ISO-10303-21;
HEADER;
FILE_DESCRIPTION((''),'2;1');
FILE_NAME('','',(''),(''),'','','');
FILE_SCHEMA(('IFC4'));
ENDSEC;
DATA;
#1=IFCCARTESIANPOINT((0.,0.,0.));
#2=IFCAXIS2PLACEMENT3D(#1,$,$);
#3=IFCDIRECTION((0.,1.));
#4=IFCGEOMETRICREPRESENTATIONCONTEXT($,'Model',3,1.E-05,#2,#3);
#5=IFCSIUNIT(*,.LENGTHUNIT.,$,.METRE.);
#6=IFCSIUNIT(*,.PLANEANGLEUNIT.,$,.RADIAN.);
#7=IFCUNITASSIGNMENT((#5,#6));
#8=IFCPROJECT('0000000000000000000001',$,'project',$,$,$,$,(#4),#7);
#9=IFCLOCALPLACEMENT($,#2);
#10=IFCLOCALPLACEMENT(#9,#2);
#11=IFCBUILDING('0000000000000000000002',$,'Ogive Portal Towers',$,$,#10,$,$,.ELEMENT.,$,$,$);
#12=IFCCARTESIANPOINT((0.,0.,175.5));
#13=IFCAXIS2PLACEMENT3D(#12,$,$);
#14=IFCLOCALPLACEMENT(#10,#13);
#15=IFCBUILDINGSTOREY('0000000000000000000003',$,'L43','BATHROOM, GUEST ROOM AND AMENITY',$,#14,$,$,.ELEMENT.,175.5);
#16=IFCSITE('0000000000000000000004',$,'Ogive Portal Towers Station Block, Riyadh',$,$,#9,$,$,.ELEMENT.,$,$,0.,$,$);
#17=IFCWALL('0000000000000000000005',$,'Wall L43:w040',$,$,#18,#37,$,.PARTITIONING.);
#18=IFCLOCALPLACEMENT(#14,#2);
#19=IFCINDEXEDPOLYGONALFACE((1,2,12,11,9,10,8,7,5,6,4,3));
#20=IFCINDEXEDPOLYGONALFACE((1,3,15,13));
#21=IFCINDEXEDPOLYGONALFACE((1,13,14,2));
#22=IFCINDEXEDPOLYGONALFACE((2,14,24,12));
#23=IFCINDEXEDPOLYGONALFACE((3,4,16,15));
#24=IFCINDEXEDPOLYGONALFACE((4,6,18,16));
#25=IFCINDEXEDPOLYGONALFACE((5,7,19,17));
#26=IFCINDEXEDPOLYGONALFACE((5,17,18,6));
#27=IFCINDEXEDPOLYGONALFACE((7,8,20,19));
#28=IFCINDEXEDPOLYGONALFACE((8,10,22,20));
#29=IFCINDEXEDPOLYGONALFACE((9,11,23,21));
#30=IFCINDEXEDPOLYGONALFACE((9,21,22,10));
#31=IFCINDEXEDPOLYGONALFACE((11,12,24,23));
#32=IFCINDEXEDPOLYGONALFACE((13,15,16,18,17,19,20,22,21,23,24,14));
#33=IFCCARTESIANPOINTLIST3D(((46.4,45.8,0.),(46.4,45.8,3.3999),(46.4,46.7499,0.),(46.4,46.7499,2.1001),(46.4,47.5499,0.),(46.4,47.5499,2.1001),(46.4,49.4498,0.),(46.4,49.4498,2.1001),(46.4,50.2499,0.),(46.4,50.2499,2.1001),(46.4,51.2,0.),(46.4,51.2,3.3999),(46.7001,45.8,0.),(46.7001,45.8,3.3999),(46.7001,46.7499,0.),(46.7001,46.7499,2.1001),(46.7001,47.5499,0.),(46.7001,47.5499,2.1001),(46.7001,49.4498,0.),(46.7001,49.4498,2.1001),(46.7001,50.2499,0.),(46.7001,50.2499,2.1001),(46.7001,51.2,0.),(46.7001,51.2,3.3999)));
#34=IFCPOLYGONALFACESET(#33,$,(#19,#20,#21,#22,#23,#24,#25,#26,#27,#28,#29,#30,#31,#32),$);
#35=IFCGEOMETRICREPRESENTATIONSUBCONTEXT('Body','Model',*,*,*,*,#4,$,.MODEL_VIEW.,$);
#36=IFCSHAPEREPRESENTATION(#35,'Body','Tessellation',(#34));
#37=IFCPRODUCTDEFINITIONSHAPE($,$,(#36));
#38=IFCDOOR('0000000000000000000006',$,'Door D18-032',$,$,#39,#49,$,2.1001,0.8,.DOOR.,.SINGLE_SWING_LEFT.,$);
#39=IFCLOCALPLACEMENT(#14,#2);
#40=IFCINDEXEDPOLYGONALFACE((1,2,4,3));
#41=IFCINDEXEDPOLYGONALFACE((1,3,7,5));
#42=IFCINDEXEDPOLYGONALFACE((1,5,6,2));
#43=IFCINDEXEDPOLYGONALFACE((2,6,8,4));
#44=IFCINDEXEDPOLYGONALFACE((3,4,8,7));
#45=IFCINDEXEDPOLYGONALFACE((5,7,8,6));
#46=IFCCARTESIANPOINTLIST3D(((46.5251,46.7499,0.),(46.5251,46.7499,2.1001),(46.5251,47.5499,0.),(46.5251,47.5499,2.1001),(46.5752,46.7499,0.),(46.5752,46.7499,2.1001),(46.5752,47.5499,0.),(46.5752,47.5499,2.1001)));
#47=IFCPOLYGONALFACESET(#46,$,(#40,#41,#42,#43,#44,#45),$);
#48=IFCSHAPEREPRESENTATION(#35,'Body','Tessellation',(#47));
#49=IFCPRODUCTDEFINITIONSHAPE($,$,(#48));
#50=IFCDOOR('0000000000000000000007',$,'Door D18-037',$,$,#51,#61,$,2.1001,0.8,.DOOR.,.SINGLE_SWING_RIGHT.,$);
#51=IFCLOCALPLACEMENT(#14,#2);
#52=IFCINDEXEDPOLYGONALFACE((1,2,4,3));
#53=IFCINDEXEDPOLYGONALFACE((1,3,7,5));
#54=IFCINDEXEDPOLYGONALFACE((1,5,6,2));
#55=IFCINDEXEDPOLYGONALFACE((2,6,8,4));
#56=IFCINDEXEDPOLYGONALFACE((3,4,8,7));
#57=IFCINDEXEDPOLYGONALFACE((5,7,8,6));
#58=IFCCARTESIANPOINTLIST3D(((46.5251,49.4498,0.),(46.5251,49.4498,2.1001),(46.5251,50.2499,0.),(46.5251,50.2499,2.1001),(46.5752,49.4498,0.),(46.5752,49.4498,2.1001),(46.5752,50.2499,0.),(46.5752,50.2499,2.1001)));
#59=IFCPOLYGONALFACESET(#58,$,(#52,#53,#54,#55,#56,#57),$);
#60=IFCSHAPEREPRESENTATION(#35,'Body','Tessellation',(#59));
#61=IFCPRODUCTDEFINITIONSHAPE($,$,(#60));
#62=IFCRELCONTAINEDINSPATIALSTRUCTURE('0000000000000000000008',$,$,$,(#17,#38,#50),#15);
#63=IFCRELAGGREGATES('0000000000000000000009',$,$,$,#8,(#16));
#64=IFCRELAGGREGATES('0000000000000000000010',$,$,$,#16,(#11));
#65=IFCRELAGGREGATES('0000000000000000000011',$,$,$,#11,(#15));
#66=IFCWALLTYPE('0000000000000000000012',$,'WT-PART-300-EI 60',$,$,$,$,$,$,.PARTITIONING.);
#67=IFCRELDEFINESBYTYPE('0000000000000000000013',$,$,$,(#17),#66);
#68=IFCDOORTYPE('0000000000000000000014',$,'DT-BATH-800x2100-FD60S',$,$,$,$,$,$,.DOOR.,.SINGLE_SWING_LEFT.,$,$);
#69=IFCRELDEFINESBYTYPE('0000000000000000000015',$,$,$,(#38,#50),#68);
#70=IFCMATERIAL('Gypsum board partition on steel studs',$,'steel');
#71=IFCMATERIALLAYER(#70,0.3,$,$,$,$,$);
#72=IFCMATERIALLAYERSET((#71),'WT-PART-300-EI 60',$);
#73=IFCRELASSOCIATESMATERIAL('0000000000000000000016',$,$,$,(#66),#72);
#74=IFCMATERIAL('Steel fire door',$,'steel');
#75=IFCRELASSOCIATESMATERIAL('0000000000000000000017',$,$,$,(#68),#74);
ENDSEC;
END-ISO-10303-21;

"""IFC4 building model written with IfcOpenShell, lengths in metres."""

from ifc_helpers import new_model, si_unit, direction, frame, frame_2d, origin, place, context, subcontext, project, spatial, rectangle, extrude, material, layer, layer_set, type_object, element, fill, save


model = new_model("IFC4")

# Units and contexts
model_context = context("Model", 3, precision=1e-05, world=origin(), true_north=direction((0.0, 1.0)))
body_context = subcontext(model_context, "Body", "Model", "MODEL_VIEW")
ifc_project = project(units=[si_unit("LENGTHUNIT", "METRE"), si_unit("PLANEANGLEUNIT", "RADIAN")], contexts=[model_context])

# Site, building, storey
site_placement = place(None, origin())
site = spatial("IfcSite", under=ifc_project, at=site_placement, Name="Ogive Portal Towers Station Block, Riyadh", CompositionType="ELEMENT", RefElevation=0.0)
building_placement = place(site_placement, origin())
building = spatial("IfcBuilding", under=site, at=building_placement, Name="Ogive Portal Towers", CompositionType="ELEMENT")
storey_placement = place(building_placement, frame((0.0, 0.0, 175.5)))
storey = spatial("IfcBuildingStorey", under=building, at=storey_placement, Name="L43", Description="BATHROOM, GUEST ROOM AND AMENITY", CompositionType="ELEMENT", Elevation=175.5)

# Shared definitions
ifc_material_1 = material(Name="Gypsum board partition on steel studs", Category="steel")
ifc_layer_1 = layer(ifc_material_1, 0.3)
ifc_layer_set_1 = layer_set([ifc_layer_1], Name="WT-PART-300-EI 60")
wall_type = type_object("IfcWallType", Name="WT-PART-300-EI 60", PredefinedType="PARTITIONING", material=ifc_layer_set_1)

# Shared definitions
ifc_material_2 = material(Name="Steel fire door", Category="steel")
door_type = type_object("IfcDoorType", Name="DT-BATH-800x2100-FD60S", OperationType="SINGLE_SWING_LEFT", PredefinedType="DOOR", material=ifc_material_2)

# Wall, openings, doors
wall_1_placement = place(storey_placement, frame((46.55, 45.8, 0.0), z_axis=(0.0, 0.0, 1.0), x_axis=(0.0, 1.0, 0.0)))
wall_1 = element("IfcWall", 1, at=wall_1_placement, inside=storey, type_object=wall_type, Name="Wall L43:w040", PredefinedType="PARTITIONING", context=body_context, shape_type="SweptSolid", body=[
    extrude(rectangle(XDim=5.3999, YDim=0.3, at=frame_2d((2.7, 0.0))), origin(), (0.0, 0.0, 1.0), 3.3999),
])
opening_1_placement = place(wall_1_placement, frame((0.95, 0.0, 0.0)))
opening_1 = element("IfcOpeningElement", 2, at=opening_1_placement, cuts=wall_1, PredefinedType="OPENING", context=body_context, shape_type="SweptSolid", body=[
    extrude(rectangle(XDim=0.8, YDim=2.1001, at=frame_2d((0.3999, 1.05))), frame((0.0, 0.1602, 0.0), z_axis=(0.0, -1.0, 0.0), x_axis=(1.0, 0.0, 0.0)), (0.0, 0.0, 1.0), 0.3201),
])
opening_2_placement = place(wall_1_placement, frame((3.6499, 0.0, 0.0)))
opening_2 = element("IfcOpeningElement", 3, at=opening_2_placement, cuts=wall_1, PredefinedType="OPENING", context=body_context, shape_type="SweptSolid", body=[
    extrude(rectangle(XDim=0.8, YDim=2.1001, at=frame_2d((0.3999, 1.05))), frame((0.0, 0.1602, 0.0), z_axis=(0.0, -1.0, 0.0), x_axis=(1.0, 0.0, 0.0)), (0.0, 0.0, 1.0), 0.3201),
])
door_1_placement = place(opening_1_placement, origin())
door_1 = element("IfcDoor", 4, at=door_1_placement, inside=storey, type_object=door_type, Name="Door D18-032", OperationType="SINGLE_SWING_LEFT", OverallHeight=2.1001, OverallWidth=0.8, PredefinedType="DOOR", context=body_context, shape_type="SweptSolid", body=[
    extrude(rectangle(XDim=0.8, YDim=2.1001, at=frame_2d((0.3999, 1.05))), frame((0.0, 0.0249, 0.0), z_axis=(0.0, -1.0, 0.0), x_axis=(1.0, 0.0, 0.0)), (0.0, 0.0, 1.0), 0.05),
])
fill(opening_1, door_1)
door_2_placement = place(opening_2_placement, origin())
door_2 = element("IfcDoor", 5, at=door_2_placement, inside=storey, type_object=door_type, Name="Door D18-037", OperationType="SINGLE_SWING_RIGHT", OverallHeight=2.1001, OverallWidth=0.8, PredefinedType="DOOR", context=body_context, shape_type="SweptSolid", body=[
    extrude(rectangle(XDim=0.8, YDim=2.1001, at=frame_2d((0.3999, 1.05))), frame((0.0, 0.0249, 0.0), z_axis=(0.0, -1.0, 0.0), x_axis=(1.0, 0.0, 0.0)), (0.0, 0.0, 1.0), 0.05),
])
fill(opening_2, door_2)

save(model, "model.ifc")
